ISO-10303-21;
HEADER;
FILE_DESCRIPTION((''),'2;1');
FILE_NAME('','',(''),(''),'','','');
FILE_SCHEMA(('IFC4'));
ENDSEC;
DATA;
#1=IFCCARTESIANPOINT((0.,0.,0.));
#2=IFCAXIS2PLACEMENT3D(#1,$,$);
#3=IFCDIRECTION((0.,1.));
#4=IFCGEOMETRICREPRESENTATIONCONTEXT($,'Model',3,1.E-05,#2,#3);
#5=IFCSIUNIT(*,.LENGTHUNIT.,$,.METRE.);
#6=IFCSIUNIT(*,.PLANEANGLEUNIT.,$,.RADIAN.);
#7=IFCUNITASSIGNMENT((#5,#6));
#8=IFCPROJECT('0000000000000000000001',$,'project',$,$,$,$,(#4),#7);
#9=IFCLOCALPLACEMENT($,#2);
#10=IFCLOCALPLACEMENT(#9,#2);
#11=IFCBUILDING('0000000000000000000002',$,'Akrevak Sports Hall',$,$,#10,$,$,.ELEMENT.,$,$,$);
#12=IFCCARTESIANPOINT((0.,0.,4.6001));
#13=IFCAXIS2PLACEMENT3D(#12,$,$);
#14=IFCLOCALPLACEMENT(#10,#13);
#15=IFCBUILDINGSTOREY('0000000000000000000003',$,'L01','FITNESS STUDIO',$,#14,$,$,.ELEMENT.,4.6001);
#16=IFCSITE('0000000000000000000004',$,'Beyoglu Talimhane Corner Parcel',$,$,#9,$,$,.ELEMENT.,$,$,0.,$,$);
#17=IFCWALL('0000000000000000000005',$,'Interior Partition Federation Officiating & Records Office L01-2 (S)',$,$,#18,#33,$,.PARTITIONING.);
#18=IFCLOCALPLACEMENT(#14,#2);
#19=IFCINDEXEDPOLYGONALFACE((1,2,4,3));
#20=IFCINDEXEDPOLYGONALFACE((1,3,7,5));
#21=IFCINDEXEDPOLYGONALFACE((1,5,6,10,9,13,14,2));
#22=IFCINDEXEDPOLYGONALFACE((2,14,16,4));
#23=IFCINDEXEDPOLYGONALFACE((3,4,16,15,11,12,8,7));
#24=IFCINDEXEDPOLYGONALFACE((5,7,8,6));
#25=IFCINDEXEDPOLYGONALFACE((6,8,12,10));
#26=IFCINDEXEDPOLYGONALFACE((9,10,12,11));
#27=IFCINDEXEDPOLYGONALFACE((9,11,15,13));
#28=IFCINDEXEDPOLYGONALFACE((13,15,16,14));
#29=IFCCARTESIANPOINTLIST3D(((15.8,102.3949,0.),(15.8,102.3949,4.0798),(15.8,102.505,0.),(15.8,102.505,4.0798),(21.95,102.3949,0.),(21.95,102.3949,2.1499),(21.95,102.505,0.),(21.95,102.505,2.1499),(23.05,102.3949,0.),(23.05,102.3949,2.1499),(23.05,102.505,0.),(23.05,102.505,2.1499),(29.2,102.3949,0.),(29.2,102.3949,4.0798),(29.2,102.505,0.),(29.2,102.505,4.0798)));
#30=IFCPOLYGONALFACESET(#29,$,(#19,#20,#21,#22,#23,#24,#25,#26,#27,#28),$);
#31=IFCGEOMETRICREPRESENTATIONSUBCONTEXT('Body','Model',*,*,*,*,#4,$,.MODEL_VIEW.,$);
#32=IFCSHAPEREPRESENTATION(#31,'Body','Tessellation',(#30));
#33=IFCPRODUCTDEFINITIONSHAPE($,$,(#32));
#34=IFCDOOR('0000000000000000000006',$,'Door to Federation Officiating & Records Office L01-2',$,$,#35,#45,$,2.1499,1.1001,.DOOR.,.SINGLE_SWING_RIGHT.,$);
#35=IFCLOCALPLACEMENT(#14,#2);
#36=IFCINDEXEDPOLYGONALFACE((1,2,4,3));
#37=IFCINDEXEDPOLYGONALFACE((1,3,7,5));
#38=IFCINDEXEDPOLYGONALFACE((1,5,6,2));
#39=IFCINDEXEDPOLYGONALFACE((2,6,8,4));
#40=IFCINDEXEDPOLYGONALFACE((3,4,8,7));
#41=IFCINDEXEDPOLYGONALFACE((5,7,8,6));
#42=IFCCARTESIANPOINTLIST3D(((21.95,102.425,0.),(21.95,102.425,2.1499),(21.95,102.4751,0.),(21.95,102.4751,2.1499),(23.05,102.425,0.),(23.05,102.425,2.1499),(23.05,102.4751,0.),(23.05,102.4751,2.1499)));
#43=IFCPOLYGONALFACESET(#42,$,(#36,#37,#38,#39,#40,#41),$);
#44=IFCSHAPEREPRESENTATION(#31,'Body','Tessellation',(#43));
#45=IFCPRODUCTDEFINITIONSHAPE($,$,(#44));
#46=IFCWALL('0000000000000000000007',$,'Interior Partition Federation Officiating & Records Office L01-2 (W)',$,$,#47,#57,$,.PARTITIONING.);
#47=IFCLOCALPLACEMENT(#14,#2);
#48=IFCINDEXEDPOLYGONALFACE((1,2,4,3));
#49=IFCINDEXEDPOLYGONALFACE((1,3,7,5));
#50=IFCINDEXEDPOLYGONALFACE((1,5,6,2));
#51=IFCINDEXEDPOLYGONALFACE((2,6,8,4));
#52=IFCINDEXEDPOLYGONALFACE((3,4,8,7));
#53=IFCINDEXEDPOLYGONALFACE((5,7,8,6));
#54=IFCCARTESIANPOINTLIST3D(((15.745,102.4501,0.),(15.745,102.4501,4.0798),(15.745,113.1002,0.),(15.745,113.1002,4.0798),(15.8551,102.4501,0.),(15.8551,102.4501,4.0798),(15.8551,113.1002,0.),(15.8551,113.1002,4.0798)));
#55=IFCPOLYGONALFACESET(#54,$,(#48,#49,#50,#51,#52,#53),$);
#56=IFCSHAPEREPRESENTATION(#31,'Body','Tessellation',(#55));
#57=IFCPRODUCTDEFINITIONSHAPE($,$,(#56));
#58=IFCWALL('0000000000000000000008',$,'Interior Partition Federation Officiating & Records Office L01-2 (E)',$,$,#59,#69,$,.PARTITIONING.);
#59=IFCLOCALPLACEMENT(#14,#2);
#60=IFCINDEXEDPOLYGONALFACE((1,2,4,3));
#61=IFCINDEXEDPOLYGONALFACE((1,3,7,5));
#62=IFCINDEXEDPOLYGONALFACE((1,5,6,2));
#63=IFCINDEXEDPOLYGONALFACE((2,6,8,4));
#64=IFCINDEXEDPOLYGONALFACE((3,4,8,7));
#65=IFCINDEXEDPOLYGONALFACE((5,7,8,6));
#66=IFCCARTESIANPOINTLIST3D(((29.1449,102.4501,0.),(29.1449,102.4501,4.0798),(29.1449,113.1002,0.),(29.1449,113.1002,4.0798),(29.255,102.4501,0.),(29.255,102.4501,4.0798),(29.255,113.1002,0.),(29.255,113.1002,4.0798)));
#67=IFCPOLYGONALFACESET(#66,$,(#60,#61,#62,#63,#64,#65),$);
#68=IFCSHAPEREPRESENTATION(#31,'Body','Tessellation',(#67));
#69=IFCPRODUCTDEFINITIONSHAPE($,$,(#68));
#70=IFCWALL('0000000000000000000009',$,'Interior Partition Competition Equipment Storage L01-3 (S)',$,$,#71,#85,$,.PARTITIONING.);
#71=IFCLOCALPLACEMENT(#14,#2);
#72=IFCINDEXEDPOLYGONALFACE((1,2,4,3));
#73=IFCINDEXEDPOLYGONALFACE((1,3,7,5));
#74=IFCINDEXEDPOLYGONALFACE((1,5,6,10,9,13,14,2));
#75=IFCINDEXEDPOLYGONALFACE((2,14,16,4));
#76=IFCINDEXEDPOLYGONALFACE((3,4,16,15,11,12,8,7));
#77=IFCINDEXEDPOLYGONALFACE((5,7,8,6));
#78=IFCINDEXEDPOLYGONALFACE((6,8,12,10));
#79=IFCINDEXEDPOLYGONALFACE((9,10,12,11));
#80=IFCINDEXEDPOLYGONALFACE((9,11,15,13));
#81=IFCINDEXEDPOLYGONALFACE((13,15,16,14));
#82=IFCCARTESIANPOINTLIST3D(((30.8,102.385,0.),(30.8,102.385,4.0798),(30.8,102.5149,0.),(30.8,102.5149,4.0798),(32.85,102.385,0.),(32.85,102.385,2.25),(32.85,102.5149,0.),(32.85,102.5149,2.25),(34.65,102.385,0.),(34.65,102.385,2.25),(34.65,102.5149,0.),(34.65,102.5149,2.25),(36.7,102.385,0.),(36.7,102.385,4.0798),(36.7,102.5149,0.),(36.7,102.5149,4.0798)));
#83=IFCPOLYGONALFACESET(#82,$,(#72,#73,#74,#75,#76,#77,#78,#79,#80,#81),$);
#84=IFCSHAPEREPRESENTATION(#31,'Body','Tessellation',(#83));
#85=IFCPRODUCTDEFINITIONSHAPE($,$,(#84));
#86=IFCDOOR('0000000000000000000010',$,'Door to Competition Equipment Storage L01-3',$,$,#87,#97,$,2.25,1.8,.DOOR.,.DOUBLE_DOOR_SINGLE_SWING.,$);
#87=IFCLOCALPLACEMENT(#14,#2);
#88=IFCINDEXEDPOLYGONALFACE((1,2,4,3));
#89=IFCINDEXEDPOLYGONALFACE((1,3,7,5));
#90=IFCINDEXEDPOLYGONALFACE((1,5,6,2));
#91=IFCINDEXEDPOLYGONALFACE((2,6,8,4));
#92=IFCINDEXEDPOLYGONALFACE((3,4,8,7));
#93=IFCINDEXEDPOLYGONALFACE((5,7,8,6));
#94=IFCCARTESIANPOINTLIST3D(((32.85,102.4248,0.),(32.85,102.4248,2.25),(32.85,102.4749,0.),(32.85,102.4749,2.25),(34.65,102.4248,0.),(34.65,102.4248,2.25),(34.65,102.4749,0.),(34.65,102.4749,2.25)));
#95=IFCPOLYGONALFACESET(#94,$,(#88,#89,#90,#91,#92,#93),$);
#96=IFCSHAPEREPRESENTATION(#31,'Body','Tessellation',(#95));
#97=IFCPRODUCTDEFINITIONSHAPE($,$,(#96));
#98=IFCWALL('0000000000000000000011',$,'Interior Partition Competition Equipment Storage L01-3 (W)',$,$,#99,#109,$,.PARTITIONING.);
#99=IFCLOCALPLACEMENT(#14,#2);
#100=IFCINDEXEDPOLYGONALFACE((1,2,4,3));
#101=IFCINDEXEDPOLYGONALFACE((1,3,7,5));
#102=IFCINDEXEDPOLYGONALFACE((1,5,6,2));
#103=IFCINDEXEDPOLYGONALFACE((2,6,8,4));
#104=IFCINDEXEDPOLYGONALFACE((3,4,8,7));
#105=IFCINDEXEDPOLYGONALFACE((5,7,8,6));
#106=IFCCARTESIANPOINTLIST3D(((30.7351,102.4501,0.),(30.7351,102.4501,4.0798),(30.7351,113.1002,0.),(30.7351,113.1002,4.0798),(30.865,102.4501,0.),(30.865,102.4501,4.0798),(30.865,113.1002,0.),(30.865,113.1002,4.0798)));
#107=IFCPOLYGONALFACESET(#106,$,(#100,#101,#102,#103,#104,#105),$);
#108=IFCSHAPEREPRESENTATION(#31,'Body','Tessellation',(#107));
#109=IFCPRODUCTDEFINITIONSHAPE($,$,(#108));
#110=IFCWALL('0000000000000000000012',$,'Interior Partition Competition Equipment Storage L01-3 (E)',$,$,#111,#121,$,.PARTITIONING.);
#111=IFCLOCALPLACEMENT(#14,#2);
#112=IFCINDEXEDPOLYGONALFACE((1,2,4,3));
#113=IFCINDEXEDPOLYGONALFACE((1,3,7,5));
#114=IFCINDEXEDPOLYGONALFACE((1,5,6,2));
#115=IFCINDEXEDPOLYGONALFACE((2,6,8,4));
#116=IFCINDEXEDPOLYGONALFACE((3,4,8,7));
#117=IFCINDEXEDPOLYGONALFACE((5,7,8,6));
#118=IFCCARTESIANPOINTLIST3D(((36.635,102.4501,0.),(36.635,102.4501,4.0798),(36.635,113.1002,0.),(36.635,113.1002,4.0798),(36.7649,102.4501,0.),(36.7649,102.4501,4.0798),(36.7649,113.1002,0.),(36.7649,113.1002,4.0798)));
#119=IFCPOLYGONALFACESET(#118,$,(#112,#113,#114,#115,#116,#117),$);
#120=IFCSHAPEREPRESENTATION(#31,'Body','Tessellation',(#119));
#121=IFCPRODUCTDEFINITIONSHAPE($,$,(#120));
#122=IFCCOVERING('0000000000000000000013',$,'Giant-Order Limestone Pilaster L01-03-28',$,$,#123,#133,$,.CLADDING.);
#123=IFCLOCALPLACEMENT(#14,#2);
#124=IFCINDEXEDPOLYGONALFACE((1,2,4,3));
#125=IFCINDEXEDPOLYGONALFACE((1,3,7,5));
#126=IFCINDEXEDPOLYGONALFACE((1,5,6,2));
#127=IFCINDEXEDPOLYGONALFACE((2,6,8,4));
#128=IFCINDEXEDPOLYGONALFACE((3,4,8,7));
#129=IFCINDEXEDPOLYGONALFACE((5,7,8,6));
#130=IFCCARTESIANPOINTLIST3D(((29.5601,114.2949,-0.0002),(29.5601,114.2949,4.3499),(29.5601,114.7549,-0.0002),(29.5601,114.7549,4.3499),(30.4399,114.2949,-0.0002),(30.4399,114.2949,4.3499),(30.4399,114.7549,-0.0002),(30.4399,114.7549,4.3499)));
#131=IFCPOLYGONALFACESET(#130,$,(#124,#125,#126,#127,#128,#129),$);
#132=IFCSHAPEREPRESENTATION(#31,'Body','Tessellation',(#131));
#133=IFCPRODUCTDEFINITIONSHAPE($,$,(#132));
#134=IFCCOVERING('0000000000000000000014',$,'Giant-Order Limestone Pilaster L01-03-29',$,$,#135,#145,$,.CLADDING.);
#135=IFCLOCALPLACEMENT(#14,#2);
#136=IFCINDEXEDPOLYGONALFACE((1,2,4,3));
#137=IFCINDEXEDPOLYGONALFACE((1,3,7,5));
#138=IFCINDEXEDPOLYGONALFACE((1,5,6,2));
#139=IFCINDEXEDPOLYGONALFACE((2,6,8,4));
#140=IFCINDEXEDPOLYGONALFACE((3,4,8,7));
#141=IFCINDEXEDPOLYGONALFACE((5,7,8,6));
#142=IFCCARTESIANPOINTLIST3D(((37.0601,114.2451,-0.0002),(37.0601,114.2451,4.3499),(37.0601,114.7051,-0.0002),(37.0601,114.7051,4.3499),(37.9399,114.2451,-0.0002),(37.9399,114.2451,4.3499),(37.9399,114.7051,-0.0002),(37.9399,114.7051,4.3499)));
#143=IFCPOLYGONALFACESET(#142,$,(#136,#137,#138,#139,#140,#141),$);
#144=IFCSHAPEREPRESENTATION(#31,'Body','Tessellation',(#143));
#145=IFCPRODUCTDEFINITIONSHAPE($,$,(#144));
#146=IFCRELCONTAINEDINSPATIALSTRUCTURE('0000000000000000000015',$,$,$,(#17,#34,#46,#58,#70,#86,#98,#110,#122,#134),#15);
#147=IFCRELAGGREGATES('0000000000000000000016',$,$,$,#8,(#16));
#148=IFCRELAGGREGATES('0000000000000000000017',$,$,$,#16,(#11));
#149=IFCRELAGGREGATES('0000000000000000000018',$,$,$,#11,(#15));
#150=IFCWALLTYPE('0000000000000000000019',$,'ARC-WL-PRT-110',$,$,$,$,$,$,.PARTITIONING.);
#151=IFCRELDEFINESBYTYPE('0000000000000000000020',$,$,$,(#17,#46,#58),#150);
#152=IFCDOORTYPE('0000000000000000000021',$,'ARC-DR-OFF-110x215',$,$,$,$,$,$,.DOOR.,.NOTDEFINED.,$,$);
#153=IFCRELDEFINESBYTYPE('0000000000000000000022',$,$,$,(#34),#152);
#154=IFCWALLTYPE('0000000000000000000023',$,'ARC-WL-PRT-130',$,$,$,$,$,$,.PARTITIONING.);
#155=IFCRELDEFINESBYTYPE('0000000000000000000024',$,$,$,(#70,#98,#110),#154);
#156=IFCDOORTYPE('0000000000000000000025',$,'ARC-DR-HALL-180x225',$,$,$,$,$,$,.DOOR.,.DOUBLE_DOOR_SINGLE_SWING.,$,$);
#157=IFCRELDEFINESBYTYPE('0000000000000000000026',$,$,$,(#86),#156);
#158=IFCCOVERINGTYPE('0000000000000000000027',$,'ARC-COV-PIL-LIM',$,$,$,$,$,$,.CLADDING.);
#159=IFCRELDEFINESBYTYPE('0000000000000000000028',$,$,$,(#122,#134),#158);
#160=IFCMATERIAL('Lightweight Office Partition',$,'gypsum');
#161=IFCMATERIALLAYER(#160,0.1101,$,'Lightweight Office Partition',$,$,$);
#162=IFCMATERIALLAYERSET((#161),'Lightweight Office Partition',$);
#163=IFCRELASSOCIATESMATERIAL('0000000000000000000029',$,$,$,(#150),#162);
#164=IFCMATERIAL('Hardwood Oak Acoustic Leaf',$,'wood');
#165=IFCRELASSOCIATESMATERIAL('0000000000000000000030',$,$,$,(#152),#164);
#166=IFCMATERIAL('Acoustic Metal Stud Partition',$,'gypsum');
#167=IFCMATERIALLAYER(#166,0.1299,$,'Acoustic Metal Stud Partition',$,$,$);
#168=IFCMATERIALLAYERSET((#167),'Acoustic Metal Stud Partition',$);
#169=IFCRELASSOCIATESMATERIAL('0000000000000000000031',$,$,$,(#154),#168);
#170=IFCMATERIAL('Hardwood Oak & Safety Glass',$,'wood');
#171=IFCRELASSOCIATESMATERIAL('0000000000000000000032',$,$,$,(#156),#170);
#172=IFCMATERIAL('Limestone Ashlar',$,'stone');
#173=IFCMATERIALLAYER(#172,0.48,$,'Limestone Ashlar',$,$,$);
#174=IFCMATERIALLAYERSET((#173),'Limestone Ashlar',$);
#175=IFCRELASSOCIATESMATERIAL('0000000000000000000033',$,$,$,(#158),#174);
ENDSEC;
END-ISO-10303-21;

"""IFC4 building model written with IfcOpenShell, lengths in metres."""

from ifc_helpers import new_model, si_unit, direction, frame, frame_2d, origin, origin_2d, place, context, subcontext, project, spatial, rectangle, extrude, material, layer, layer_set, type_object, element, fill, save


model = new_model("IFC4")

# Units and contexts
model_context = context("Model", 3, precision=1e-05, world=origin(), true_north=direction((0.0, 1.0)))
body_context = subcontext(model_context, "Body", "Model", "MODEL_VIEW")
ifc_project = project(units=[si_unit("LENGTHUNIT", "METRE"), si_unit("PLANEANGLEUNIT", "RADIAN")], contexts=[model_context])

# Site, building, storey
site_placement = place(None, origin())
site = spatial("IfcSite", under=ifc_project, at=site_placement, Name="Beyoglu Talimhane Corner Parcel", CompositionType="ELEMENT", RefElevation=0.0)
building_placement = place(site_placement, origin())
building = spatial("IfcBuilding", under=site, at=building_placement, Name="Akrevak Sports Hall", CompositionType="ELEMENT")
storey_placement = place(building_placement, frame((0.0, 0.0, 4.6001)))
storey = spatial("IfcBuildingStorey", under=building, at=storey_placement, Name="L01", Description="FITNESS STUDIO", CompositionType="ELEMENT", Elevation=4.6001)

# Shared definitions
ifc_material_1 = material(Name="Limestone Ashlar", Category="stone")

# Wall, opening, door
ifc_material_2 = material(Name="Hardwood Oak Acoustic Leaf", Category="wood")
ifc_material_3 = material(Name="Lightweight Office Partition", Category="gypsum")
ifc_layer_1 = layer(ifc_material_3, 0.1101, Name="Lightweight Office Partition")
ifc_layer_set_1 = layer_set([ifc_layer_1], Name="Lightweight Office Partition")
wall_type_1 = type_object("IfcWallType", Name="ARC-WL-PRT-110", PredefinedType="PARTITIONING", material=ifc_layer_set_1)
wall_1_placement = place(storey_placement, frame((15.8, 102.45, 0.0), z_axis=(0.0, 0.0, 1.0), x_axis=(1.0, 0.0, 0.0)))
wall_1 = element("IfcWall", 1, at=wall_1_placement, inside=storey, type_object=wall_type_1, Name="Interior Partition Federation Officiating & Records Office L01-2 (S)", PredefinedType="PARTITIONING", context=body_context, shape_type="SweptSolid", body=[
    extrude(rectangle(XDim=13.3999, YDim=0.1101, at=frame_2d((6.7, 0.0))), origin(), (0.0, 0.0, 1.0), 4.0798),
])
opening_1_placement = place(wall_1_placement, frame((6.1499, 0.0, 0.0)))
opening_1 = element("IfcOpeningElement", 2, at=opening_1_placement, cuts=wall_1, PredefinedType="OPENING", context=body_context, shape_type="SweptSolid", body=[
    extrude(rectangle(XDim=1.1001, YDim=2.1499, at=frame_2d((0.55, 1.075))), frame((0.0, 0.0669, 0.0), z_axis=(0.0, -1.0, 0.0), x_axis=(1.0, 0.0, 0.0)), (0.0, 0.0, 1.0), 0.134),
])
door_type_1 = type_object("IfcDoorType", Name="ARC-DR-OFF-110x215", OperationType="NOTDEFINED", PredefinedType="DOOR", material=ifc_material_2)
door_1_placement = place(opening_1_placement, frame((1.1001, 0.0, 0.0), z_axis=(0.0, 0.0, 1.0), x_axis=(-1.0, 0.0, 0.0)))
door_1 = element("IfcDoor", 3, at=door_1_placement, inside=storey, type_object=door_type_1, Name="Door to Federation Officiating & Records Office L01-2", OperationType="SINGLE_SWING_RIGHT", OverallHeight=2.1499, OverallWidth=1.1001, PredefinedType="DOOR", context=body_context, shape_type="SweptSolid", body=[
    extrude(rectangle(XDim=1.1001, YDim=2.1499, at=frame_2d((0.55, 1.075))), frame((0.0, 0.0249, 0.0), z_axis=(0.0, -1.0, 0.0), x_axis=(1.0, 0.0, 0.0)), (0.0, 0.0, 1.0), 0.05),
])
fill(opening_1, door_1)

# Walls
for number, where, z_axis, x_axis, name in (
    (4, (15.8, 102.45, 0.0), (0.0, 0.0, 1.0), (0.0, 1.0, 0.0), "Interior Partition Federation Officiating & Records Office L01-2 (W)"),
    (5, (29.2, 102.45, 0.0), (0.0, 0.0, 1.0), (0.0, 1.0, 0.0), "Interior Partition Federation Officiating & Records Office L01-2 (E)"),
):
    element("IfcWall", number, at=place(storey_placement, frame(where, z_axis=z_axis, x_axis=x_axis)), inside=storey, type_object=wall_type_1, Name=name, PredefinedType="PARTITIONING", context=body_context, shape_type="SweptSolid", body=[
        extrude(rectangle(XDim=10.6501, YDim=0.1101, at=frame_2d((5.3252, 0.0))), origin(), (0.0, 0.0, 1.0), 4.0798),
    ])

# Wall, opening, door
ifc_material_4 = material(Name="Acoustic Metal Stud Partition", Category="gypsum")
ifc_layer_2 = layer(ifc_material_4, 0.1299, Name="Acoustic Metal Stud Partition")
ifc_layer_set_2 = layer_set([ifc_layer_2], Name="Acoustic Metal Stud Partition")
wall_type_2 = type_object("IfcWallType", Name="ARC-WL-PRT-130", PredefinedType="PARTITIONING", material=ifc_layer_set_2)
wall_2_placement = place(storey_placement, frame((30.8, 102.45, 0.0), z_axis=(0.0, 0.0, 1.0), x_axis=(1.0, 0.0, 0.0)))
wall_2 = element("IfcWall", 6, at=wall_2_placement, inside=storey, type_object=wall_type_2, Name="Interior Partition Competition Equipment Storage L01-3 (S)", PredefinedType="PARTITIONING", context=body_context, shape_type="SweptSolid", body=[
    extrude(rectangle(XDim=5.8999, YDim=0.1299, at=frame_2d((2.95, 0.0))), origin(), (0.0, 0.0, 1.0), 4.0798),
])
opening_2_placement = place(wall_2_placement, frame((2.05, 0.0, 0.0)))
opening_2 = element("IfcOpeningElement", 7, at=opening_2_placement, cuts=wall_2, PredefinedType="OPENING", context=body_context, shape_type="SweptSolid", body=[
    extrude(rectangle(XDim=1.8, YDim=2.25, at=frame_2d((0.8999, 1.125))), frame((0.0, 0.0769, 0.0), z_axis=(0.0, -1.0, 0.0), x_axis=(1.0, 0.0, 0.0)), (0.0, 0.0, 1.0), 0.1538),
])
ifc_material_5 = material(Name="Hardwood Oak & Safety Glass", Category="wood")
door_type_2 = type_object("IfcDoorType", Name="ARC-DR-HALL-180x225", OperationType="DOUBLE_DOOR_SINGLE_SWING", PredefinedType="DOOR", material=ifc_material_5)
door_2_placement = place(opening_2_placement, origin())
door_2 = element("IfcDoor", 8, at=door_2_placement, inside=storey, type_object=door_type_2, Name="Door to Competition Equipment Storage L01-3", OperationType="DOUBLE_DOOR_SINGLE_SWING", OverallHeight=2.25, OverallWidth=1.8, PredefinedType="DOOR", context=body_context, shape_type="SweptSolid", body=[
    extrude(rectangle(XDim=1.8, YDim=2.25, at=frame_2d((0.8999, 1.125))), frame((0.0, 0.0249, 0.0), z_axis=(0.0, -1.0, 0.0), x_axis=(1.0, 0.0, 0.0)), (0.0, 0.0, 1.0), 0.05),
])
fill(opening_2, door_2)

# Walls
for number, where, z_axis, x_axis, name in (
    (9, (30.8, 102.45, 0.0), (0.0, 0.0, 1.0), (0.0, 1.0, 0.0), "Interior Partition Competition Equipment Storage L01-3 (W)"),
    (10, (36.7, 102.45, 0.0), (0.0, 0.0, 1.0), (0.0, 1.0, 0.0), "Interior Partition Competition Equipment Storage L01-3 (E)"),
):
    element("IfcWall", number, at=place(storey_placement, frame(where, z_axis=z_axis, x_axis=x_axis)), inside=storey, type_object=wall_type_2, Name=name, PredefinedType="PARTITIONING", context=body_context, shape_type="SweptSolid", body=[
        extrude(rectangle(XDim=10.6501, YDim=0.1299, at=frame_2d((5.3252, 0.0))), origin(), (0.0, 0.0, 1.0), 4.0798),
    ])

# Coverings
ifc_layer_3 = layer(ifc_material_1, 0.48, Name="Limestone Ashlar")
ifc_layer_set_3 = layer_set([ifc_layer_3], Name="Limestone Ashlar")
covering_type = type_object("IfcCoveringType", Name="ARC-COV-PIL-LIM", PredefinedType="CLADDING", material=ifc_layer_set_3)
for number, where, z_axis, x_axis, name in (
    (11, (30.0, 114.5249, -0.0002), (0.0, 0.0, 1.0), (-1.0, 0.0, 0.0), "Giant-Order Limestone Pilaster L01-03-28"),
    (12, (37.5, 114.4751, -0.0002), (0.0, 0.0, 1.0), (-1.0, 0.0, 0.0), "Giant-Order Limestone Pilaster L01-03-29"),
):
    element("IfcCovering", number, at=place(storey_placement, frame(where, z_axis=z_axis, x_axis=x_axis)), inside=storey, type_object=covering_type, Name=name, PredefinedType="CLADDING", context=body_context, shape_type="SweptSolid", body=[
        extrude(rectangle(XDim=0.8799, YDim=0.46, at=origin_2d()), origin(), (0.0, 0.0, 1.0), 4.3501),
    ])

save(model, "model.ifc")
